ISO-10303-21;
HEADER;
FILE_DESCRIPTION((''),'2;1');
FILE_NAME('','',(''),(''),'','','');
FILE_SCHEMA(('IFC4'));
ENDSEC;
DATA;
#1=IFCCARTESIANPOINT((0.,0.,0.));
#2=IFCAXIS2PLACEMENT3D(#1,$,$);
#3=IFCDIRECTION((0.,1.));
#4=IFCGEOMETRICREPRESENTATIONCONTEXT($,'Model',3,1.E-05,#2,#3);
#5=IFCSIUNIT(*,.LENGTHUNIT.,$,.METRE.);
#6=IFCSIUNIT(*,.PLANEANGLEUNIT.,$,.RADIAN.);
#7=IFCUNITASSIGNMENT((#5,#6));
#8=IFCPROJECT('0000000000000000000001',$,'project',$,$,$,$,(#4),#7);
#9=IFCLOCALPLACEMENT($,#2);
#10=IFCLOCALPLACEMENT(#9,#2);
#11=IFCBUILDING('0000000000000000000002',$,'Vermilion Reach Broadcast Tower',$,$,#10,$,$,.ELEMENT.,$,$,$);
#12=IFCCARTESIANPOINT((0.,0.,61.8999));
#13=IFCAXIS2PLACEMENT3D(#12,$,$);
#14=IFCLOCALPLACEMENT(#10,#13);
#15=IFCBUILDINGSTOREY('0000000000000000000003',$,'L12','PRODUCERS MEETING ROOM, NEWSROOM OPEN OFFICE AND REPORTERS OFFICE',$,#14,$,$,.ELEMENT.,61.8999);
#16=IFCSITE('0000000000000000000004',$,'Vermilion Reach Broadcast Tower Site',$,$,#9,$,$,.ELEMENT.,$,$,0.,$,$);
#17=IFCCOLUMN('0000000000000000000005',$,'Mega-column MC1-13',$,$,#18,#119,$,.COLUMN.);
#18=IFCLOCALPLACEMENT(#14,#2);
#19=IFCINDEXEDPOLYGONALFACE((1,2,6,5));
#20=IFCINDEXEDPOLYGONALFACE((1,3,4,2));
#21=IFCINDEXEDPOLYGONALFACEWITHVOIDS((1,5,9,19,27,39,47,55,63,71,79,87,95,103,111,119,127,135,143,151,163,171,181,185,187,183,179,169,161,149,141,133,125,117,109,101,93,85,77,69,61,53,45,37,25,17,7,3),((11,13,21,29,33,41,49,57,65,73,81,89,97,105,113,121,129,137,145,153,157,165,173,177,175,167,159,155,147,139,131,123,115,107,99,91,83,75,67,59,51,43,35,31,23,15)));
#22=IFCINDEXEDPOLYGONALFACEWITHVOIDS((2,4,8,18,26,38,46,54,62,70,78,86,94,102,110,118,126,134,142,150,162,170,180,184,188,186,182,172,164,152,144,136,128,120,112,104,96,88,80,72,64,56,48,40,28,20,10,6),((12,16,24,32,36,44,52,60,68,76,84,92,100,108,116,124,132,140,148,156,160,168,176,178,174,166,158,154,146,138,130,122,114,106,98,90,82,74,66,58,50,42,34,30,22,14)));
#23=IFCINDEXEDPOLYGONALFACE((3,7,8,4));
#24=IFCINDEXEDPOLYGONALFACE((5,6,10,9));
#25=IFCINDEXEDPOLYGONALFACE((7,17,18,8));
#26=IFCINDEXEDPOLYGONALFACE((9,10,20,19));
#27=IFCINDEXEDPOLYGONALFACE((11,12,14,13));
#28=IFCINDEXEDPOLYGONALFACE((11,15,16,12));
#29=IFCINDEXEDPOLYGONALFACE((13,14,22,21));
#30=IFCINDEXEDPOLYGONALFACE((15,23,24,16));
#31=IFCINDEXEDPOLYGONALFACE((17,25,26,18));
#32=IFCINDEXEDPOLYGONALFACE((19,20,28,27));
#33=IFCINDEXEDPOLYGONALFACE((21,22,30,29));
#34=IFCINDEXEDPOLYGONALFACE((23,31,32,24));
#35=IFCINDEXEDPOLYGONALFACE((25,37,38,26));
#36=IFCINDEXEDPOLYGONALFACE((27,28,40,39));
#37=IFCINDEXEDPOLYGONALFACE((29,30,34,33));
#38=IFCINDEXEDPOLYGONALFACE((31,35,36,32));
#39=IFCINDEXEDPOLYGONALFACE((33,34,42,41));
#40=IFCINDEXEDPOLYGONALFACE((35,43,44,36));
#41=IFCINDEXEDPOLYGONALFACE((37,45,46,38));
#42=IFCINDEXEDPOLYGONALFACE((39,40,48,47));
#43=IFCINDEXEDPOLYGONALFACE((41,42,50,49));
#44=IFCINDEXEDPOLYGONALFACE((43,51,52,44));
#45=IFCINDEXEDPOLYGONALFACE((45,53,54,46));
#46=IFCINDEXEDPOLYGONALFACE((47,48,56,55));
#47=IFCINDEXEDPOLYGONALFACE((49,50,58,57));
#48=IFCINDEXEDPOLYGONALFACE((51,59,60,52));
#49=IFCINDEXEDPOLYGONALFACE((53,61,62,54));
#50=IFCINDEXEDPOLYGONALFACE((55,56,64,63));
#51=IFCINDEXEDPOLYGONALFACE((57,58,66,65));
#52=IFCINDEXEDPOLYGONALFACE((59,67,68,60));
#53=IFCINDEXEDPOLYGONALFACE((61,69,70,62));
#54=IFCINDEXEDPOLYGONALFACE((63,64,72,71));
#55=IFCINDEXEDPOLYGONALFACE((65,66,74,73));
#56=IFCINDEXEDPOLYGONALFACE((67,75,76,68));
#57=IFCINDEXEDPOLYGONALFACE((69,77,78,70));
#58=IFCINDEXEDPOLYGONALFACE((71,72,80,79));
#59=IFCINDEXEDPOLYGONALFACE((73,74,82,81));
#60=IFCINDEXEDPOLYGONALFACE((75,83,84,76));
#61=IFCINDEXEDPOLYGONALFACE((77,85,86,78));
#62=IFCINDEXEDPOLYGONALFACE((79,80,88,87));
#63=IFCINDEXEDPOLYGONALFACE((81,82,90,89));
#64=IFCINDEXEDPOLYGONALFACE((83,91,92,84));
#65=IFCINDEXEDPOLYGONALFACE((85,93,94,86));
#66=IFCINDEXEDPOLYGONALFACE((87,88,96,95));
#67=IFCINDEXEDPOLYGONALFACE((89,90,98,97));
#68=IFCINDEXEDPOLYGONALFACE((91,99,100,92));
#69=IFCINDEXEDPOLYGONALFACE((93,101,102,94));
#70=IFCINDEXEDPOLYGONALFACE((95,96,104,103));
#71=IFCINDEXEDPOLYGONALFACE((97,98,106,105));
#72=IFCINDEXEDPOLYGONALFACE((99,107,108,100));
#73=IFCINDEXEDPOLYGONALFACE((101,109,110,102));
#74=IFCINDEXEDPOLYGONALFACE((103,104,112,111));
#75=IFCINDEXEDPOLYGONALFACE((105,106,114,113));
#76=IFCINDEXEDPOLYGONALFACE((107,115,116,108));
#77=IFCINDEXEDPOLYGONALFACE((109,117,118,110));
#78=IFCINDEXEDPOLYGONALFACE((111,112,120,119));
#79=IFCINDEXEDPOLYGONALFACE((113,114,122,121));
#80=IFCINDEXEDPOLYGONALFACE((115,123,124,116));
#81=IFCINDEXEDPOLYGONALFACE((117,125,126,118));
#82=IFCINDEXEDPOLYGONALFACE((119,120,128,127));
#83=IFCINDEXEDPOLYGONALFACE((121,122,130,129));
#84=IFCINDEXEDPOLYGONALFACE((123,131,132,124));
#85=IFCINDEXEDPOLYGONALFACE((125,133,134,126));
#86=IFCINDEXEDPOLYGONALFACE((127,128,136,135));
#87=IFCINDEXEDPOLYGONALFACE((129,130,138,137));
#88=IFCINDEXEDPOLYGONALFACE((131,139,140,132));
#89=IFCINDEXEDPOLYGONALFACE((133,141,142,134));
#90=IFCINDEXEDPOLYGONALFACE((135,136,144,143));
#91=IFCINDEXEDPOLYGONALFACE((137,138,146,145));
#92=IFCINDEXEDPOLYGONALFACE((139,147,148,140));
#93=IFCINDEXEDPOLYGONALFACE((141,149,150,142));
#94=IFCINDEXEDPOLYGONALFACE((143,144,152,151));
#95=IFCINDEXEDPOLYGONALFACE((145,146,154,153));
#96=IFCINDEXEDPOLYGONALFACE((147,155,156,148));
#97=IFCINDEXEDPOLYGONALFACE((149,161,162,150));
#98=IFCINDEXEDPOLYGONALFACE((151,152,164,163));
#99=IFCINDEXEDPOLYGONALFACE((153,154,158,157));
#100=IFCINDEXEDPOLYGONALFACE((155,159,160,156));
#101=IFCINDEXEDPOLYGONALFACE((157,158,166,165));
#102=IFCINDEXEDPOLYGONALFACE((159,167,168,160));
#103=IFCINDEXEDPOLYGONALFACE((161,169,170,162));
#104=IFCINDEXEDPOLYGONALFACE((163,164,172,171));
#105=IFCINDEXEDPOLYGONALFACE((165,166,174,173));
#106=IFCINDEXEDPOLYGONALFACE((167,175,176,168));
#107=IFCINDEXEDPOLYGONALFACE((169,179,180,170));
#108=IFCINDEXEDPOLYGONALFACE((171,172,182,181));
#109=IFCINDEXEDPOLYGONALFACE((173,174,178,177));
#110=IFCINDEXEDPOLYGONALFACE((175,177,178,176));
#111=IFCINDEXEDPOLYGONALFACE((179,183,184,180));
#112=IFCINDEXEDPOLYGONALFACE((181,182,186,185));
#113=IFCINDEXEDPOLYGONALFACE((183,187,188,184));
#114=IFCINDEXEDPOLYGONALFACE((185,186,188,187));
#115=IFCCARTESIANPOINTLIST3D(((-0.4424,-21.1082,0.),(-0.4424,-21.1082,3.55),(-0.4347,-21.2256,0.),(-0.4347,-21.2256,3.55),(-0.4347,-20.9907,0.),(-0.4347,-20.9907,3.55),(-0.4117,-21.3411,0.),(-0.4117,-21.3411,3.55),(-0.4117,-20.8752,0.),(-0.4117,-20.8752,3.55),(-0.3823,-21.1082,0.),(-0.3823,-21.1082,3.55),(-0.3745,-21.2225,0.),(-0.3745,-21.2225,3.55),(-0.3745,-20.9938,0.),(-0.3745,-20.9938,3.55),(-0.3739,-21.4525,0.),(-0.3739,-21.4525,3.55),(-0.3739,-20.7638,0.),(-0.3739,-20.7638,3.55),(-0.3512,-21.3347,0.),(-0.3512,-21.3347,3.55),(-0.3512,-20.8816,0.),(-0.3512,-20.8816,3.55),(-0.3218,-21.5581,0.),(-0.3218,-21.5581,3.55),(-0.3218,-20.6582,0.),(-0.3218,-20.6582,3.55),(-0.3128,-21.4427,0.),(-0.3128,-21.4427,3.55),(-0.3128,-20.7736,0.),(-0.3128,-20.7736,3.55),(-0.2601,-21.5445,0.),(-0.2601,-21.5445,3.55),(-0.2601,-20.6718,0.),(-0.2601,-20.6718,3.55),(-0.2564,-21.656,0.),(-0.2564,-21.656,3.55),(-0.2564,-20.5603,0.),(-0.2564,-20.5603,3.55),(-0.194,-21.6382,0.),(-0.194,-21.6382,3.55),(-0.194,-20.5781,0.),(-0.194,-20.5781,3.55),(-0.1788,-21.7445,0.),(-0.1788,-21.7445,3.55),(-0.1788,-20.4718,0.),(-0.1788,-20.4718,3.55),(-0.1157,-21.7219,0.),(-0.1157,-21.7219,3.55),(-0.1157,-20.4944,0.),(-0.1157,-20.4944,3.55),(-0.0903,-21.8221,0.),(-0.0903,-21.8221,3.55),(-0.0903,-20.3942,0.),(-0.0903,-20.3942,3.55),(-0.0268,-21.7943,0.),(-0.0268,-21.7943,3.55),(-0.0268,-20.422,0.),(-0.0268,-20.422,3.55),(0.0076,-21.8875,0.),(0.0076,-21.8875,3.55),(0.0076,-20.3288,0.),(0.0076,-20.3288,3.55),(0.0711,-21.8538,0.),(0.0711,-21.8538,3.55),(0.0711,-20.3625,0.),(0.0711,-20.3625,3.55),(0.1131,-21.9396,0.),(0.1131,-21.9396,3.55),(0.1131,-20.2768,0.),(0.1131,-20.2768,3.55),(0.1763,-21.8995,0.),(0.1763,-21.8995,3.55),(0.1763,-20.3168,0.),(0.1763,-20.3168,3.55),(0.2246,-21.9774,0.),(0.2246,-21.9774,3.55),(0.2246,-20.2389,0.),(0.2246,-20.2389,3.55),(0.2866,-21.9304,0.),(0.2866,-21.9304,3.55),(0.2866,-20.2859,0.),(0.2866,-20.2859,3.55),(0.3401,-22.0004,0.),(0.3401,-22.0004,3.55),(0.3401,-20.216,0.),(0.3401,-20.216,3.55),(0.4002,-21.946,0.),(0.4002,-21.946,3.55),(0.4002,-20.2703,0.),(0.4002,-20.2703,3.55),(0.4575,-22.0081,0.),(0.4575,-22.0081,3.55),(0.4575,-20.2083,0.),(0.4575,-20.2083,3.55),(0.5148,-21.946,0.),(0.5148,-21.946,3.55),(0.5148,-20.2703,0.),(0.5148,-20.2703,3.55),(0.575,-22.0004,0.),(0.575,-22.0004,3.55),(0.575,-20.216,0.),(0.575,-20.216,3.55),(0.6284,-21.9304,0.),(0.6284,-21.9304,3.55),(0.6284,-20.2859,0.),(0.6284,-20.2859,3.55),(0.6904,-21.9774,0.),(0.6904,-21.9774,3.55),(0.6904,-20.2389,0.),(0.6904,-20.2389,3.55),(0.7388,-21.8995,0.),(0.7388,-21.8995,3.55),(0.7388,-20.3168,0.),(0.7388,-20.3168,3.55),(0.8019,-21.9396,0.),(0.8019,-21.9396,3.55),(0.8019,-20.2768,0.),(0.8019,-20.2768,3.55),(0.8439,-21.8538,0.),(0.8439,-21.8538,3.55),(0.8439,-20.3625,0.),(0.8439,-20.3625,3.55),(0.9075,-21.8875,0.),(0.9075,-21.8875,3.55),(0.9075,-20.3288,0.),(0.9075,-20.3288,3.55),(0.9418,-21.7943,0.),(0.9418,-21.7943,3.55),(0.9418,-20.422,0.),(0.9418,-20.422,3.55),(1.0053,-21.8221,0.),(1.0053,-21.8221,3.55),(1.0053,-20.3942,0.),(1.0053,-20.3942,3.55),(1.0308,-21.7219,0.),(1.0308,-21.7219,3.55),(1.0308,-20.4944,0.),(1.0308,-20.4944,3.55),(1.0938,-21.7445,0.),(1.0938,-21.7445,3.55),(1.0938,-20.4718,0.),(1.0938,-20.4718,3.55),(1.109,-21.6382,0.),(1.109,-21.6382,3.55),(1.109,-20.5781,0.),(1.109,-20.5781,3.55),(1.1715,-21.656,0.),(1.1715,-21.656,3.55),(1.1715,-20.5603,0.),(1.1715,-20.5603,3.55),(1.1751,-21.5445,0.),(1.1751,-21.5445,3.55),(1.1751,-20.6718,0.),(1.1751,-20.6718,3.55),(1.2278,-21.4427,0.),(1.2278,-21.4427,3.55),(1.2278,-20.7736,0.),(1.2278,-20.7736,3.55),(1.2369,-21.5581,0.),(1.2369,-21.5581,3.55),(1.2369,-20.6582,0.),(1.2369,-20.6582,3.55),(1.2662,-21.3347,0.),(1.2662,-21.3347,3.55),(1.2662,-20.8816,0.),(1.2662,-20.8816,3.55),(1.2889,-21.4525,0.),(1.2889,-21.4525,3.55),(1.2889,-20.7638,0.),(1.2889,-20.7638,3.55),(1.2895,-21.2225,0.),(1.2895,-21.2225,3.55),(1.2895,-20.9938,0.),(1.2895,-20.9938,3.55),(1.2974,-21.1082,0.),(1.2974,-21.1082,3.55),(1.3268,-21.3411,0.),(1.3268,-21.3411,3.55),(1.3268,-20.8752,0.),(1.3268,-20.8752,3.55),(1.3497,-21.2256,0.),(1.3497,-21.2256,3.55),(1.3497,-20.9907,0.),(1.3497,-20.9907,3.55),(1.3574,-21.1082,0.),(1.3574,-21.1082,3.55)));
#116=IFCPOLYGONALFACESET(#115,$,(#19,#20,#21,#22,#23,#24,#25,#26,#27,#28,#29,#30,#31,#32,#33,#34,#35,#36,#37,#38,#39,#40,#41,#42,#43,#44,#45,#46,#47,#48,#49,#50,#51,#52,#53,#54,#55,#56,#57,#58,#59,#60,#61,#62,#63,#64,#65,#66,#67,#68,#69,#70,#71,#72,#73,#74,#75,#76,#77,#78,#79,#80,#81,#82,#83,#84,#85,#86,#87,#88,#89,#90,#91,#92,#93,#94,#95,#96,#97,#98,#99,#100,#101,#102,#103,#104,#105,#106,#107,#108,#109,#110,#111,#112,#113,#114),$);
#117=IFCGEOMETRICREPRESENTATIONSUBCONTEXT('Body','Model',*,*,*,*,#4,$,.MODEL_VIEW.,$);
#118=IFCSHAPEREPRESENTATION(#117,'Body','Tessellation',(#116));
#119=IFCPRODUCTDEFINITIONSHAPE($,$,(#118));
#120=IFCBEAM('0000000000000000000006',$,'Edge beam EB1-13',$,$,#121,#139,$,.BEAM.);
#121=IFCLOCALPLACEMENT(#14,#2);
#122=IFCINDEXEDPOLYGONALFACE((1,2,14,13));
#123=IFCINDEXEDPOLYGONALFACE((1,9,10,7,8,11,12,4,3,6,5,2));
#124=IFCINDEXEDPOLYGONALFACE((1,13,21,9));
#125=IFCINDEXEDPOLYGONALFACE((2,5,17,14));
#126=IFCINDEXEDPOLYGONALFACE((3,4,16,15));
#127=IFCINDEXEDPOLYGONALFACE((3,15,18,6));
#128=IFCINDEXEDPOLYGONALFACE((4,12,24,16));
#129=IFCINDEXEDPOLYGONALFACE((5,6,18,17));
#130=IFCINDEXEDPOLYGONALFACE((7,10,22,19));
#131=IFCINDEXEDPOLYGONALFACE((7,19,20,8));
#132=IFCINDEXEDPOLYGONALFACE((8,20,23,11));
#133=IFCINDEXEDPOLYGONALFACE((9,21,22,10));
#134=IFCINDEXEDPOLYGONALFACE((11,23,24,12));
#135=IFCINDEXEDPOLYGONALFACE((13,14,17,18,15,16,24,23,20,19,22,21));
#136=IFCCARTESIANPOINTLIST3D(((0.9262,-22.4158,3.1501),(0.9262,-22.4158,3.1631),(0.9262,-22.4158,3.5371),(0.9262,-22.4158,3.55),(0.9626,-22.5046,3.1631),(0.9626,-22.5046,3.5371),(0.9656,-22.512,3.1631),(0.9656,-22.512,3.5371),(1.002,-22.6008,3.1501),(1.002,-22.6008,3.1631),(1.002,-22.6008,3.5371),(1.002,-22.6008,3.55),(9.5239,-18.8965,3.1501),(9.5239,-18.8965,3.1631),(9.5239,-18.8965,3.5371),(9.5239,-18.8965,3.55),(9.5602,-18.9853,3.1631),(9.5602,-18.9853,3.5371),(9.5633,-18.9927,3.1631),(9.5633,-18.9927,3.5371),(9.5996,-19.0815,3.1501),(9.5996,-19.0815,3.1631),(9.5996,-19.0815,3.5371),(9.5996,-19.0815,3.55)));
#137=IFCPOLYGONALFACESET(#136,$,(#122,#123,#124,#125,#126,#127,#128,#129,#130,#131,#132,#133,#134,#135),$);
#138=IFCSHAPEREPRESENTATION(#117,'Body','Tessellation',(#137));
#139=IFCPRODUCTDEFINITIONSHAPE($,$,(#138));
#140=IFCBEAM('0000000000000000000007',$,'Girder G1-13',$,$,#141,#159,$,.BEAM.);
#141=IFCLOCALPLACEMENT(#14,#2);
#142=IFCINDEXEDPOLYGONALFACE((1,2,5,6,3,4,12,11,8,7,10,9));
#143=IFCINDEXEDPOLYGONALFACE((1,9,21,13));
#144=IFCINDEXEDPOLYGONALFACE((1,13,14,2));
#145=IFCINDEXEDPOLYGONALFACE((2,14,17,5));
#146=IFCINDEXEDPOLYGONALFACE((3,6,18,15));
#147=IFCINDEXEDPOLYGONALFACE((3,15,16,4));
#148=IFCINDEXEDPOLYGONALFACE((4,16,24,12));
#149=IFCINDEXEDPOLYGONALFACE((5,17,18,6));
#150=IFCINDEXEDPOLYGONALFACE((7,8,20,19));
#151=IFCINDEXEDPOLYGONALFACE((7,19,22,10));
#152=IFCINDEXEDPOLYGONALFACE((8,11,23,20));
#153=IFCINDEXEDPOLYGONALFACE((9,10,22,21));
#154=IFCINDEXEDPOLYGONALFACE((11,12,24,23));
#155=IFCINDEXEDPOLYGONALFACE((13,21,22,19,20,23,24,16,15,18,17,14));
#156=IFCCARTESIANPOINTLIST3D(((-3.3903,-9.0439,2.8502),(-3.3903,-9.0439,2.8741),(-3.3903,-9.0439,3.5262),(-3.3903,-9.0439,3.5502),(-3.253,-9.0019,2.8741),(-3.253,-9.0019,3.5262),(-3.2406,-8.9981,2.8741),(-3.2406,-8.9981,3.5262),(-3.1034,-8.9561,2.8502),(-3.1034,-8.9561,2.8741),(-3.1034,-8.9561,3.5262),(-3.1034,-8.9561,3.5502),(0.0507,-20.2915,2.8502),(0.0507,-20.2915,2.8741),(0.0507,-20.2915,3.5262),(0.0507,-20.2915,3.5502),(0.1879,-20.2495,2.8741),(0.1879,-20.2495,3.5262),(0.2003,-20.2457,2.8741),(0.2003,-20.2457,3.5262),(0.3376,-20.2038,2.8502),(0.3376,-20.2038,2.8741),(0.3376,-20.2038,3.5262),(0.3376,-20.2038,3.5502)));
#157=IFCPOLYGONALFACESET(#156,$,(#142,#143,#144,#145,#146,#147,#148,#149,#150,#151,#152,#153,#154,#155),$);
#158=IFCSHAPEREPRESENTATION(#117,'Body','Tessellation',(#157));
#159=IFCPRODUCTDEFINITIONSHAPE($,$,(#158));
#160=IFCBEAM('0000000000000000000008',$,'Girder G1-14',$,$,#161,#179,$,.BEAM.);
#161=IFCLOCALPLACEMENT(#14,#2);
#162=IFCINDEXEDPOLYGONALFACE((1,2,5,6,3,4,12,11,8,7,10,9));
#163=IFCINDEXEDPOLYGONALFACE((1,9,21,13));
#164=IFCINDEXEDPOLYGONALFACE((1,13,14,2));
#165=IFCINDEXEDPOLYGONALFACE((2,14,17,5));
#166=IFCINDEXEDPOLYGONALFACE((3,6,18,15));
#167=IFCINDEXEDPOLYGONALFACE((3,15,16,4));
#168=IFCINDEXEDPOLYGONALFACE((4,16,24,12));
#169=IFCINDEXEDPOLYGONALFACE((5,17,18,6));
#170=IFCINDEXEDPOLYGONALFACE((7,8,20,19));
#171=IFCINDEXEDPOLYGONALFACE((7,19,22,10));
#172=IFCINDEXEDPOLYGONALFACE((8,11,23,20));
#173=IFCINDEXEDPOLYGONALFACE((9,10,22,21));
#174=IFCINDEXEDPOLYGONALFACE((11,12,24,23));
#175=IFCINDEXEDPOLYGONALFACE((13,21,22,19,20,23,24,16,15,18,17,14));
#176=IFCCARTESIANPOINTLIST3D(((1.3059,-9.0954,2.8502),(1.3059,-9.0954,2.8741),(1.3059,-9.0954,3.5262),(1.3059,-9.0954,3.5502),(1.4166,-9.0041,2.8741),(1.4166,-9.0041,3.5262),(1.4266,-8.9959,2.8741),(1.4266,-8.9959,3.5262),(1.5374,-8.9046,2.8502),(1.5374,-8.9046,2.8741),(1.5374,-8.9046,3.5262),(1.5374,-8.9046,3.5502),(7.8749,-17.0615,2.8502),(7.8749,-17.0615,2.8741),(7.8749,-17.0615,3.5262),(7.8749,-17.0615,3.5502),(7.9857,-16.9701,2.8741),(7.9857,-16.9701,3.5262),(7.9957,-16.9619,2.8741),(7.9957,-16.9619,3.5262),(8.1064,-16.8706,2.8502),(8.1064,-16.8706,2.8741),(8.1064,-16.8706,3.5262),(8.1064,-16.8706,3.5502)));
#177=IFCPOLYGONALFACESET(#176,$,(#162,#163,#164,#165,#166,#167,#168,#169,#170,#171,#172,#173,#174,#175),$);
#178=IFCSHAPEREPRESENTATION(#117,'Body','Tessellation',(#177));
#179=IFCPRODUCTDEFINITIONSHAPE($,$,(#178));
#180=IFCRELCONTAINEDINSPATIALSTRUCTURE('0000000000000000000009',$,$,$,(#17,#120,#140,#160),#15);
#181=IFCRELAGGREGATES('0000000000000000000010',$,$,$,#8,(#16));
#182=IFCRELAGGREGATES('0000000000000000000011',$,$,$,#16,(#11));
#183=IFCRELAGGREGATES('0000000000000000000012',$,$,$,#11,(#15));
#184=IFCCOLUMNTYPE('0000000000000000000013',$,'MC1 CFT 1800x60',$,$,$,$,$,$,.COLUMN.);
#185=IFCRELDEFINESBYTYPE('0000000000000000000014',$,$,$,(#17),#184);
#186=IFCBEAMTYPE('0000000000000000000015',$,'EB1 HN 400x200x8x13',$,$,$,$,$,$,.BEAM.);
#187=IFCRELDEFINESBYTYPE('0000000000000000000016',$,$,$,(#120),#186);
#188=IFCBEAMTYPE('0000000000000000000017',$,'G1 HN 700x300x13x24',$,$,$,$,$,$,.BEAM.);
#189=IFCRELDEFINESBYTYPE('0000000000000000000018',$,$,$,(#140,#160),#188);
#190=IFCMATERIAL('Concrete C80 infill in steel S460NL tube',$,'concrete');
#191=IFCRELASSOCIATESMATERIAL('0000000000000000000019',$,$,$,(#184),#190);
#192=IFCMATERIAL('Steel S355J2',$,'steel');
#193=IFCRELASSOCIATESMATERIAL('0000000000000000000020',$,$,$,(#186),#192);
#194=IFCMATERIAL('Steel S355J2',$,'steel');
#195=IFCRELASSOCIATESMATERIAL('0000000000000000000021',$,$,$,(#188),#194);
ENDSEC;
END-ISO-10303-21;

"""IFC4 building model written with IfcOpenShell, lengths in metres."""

from ifc_helpers import new_model, si_unit, direction, frame, origin, origin_2d, place, context, subcontext, project, spatial, hollow_circle, i_section, extrude, material, material_profile, profile_set, type_object, element, save


model = new_model("IFC4")

# Units and contexts
model_context = context("Model", 3, precision=1e-05, world=origin(), true_north=direction((0.0, 1.0)))
body_context = subcontext(model_context, "Body", "Model", "MODEL_VIEW")
ifc_project = project(units=[si_unit("LENGTHUNIT", "METRE"), si_unit("PLANEANGLEUNIT", "RADIAN")], contexts=[model_context])

# Site, building, storey
site_placement = place(None, origin())
site = spatial("IfcSite", under=ifc_project, at=site_placement, Name="Vermilion Reach Broadcast Tower Site", CompositionType="ELEMENT", RefElevation=0.0)
building_placement = place(site_placement, origin())
building = spatial("IfcBuilding", under=site, at=building_placement, Name="Vermilion Reach Broadcast Tower", CompositionType="ELEMENT")
storey_placement = place(building_placement, frame((0.0, 0.0, 61.8999)))
storey = spatial("IfcBuildingStorey", under=building, at=storey_placement, Name="L12", Description="PRODUCERS MEETING ROOM, NEWSROOM OPEN OFFICE AND REPORTERS OFFICE", CompositionType="ELEMENT", Elevation=61.8999)

# Column
ifc_material_1 = material(Name="Concrete C80 infill in steel S460NL tube", Category="concrete")
ifc_material_profile_1 = material_profile(ifc_material_1, hollow_circle(Radius=0.8999, WallThickness=0.0601, at=origin_2d()), Name="Concrete C80 infill in steel S460NL tube CFT 1800x60")
ifc_profile_set_1 = profile_set([ifc_material_profile_1], Name="Concrete C80 infill in steel S460NL tube")
column_type = type_object("IfcColumnType", Name="MC1 CFT 1800x60", PredefinedType="COLUMN", material=ifc_profile_set_1)
column_placement = place(storey_placement, frame((0.4575, -21.1082, 0.0), z_axis=(0.0, 0.0, 1.0), x_axis=(1.0, 0.0, 0.0)))
element("IfcColumn", 1, at=column_placement, inside=storey, type_object=column_type, Name="Mega-column MC1-13", PredefinedType="COLUMN", context=body_context, shape_type="SweptSolid", body=[
    extrude(hollow_circle(Radius=0.8999, WallThickness=0.0601, at=origin_2d()), origin(), (0.0, 0.0, 1.0), 3.55),
])

# Beams
ifc_material_2 = material(Name="Steel S355J2", Category="steel")
ifc_material_profile_2 = material_profile(ifc_material_2, i_section(OverallWidth=0.2, OverallDepth=0.3999, WebThickness=0.0081, FlangeThickness=0.0129, at=origin_2d()), Name="S355J2 HN 400x200x8x13")
ifc_profile_set_2 = profile_set([ifc_material_profile_2], Name="Steel S355J2")
beam_type_1 = type_object("IfcBeamType", Name="EB1 HN 400x200x8x13", PredefinedType="BEAM", material=ifc_profile_set_2)
beam_1_placement = place(storey_placement, frame((0.9641, -22.5083, 3.3501), z_axis=(0.925469, 0.378823, 0.0), x_axis=(-0.378823, 0.925469, 0.0)))
element("IfcBeam", 2, at=beam_1_placement, inside=storey, type_object=beam_type_1, Name="Edge beam EB1-13", PredefinedType="BEAM", context=body_context, shape_type="SweptSolid", body=[
    extrude(i_section(OverallWidth=0.2, OverallDepth=0.3999, WebThickness=0.0081, FlangeThickness=0.0129, at=origin_2d()), origin(), (0.0, 0.0, 1.0), 9.29),
])
ifc_material_3 = material(Name="Steel S355J2", Category="steel")
ifc_material_profile_3 = material_profile(ifc_material_3, i_section(OverallWidth=0.3, OverallDepth=0.7, WebThickness=0.0129, FlangeThickness=0.0239, at=origin_2d()), Name="S355J2 HN 700x300x13x24")
ifc_profile_set_3 = profile_set([ifc_material_profile_3], Name="Steel S355J2")
beam_type_2 = type_object("IfcBeamType", Name="G1 HN 700x300x13x24", PredefinedType="BEAM", material=ifc_profile_set_3)
beam_2_placement = place(storey_placement, frame((-3.2468, -9.0, 3.2002), z_axis=(0.292542, -0.956253, 0.0), x_axis=(0.956253, 0.292542, 0.0)))
element("IfcBeam", 3, at=beam_2_placement, inside=storey, type_object=beam_type_2, Name="Girder G1-13", PredefinedType="BEAM", context=body_context, shape_type="SweptSolid", body=[
    extrude(i_section(OverallWidth=0.3, OverallDepth=0.7, WebThickness=0.0129, FlangeThickness=0.0239, at=origin_2d()), origin(), (0.0, 0.0, 1.0), 11.7622),
])
beam_3_placement = place(storey_placement, frame((1.4216, -9.0, 3.2002), z_axis=(0.636215, -0.771512, 0.0), x_axis=(0.771512, 0.636215, 0.0)))
element("IfcBeam", 4, at=beam_3_placement, inside=storey, type_object=beam_type_2, Name="Girder G1-14", PredefinedType="BEAM", context=body_context, shape_type="SweptSolid", body=[
    extrude(i_section(OverallWidth=0.3, OverallDepth=0.7, WebThickness=0.0129, FlangeThickness=0.0239, at=origin_2d()), origin(), (0.0, 0.0, 1.0), 10.3252),
])

save(model, "model.ifc")
